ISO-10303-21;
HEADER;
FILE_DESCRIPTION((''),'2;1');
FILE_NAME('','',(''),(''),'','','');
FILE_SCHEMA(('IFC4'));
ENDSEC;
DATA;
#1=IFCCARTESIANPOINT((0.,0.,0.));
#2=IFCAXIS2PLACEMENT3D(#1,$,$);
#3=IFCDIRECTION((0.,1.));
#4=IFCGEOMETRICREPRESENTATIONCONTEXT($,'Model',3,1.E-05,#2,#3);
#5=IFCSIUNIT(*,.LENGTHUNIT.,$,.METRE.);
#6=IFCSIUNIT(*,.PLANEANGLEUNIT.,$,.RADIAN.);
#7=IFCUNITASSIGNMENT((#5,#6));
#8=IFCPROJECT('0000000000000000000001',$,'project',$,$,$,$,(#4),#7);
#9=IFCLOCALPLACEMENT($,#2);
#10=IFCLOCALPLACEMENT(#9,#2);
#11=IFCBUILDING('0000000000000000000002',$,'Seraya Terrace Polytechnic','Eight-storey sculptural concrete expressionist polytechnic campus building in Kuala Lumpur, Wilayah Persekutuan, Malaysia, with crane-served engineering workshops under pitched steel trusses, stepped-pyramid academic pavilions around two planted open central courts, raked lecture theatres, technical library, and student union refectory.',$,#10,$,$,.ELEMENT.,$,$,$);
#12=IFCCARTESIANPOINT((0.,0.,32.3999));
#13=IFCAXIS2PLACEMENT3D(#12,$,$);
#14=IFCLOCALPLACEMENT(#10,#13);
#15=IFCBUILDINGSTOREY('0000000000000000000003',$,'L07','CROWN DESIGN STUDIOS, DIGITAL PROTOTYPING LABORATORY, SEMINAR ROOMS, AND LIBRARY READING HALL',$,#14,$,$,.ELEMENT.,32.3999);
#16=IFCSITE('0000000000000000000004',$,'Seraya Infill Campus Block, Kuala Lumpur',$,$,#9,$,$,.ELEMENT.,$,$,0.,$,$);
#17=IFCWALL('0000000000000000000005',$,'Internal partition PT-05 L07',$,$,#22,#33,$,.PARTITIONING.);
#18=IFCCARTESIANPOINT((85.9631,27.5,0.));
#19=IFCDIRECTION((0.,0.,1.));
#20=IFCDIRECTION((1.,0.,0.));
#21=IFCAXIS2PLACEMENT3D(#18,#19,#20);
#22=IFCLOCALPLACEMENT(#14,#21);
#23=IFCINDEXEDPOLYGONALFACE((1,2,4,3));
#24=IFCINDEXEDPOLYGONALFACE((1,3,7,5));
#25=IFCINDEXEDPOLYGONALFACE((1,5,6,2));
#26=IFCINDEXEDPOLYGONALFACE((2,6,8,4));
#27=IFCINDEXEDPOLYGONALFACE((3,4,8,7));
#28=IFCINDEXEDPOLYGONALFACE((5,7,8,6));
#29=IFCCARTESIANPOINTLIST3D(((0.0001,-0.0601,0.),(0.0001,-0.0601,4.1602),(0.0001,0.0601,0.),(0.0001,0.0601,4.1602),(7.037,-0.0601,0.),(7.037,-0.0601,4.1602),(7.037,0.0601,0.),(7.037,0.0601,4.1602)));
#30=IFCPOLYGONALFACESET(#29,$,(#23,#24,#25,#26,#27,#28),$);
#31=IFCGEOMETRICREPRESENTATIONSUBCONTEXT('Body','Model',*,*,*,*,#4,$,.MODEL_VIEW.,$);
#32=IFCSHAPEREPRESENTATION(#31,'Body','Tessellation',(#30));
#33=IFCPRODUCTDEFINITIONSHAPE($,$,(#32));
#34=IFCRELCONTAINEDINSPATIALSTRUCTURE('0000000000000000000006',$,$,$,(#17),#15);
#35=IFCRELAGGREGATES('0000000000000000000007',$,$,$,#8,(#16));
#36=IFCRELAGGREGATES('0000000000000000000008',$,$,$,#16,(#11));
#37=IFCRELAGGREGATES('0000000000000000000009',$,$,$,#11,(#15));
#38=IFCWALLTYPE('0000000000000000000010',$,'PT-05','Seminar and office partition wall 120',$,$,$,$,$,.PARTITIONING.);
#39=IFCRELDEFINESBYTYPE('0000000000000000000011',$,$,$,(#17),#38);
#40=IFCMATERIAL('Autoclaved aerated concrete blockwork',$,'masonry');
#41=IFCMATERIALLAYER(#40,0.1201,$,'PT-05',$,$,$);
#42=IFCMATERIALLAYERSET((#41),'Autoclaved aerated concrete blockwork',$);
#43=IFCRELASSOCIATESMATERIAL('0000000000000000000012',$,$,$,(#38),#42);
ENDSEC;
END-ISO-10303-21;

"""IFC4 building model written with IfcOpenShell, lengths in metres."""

from ifc_helpers import new_model, si_unit, direction, frame, frame_2d, origin, place, context, subcontext, project, spatial, rectangle, extrude, material, layer, layer_set, type_object, element, save


model = new_model("IFC4")

# Units and contexts
model_context = context("Model", 3, precision=1e-05, world=origin(), true_north=direction((0.0, 1.0)))
body_context = subcontext(model_context, "Body", "Model", "MODEL_VIEW")
ifc_project = project(units=[si_unit("LENGTHUNIT", "METRE"), si_unit("PLANEANGLEUNIT", "RADIAN")], contexts=[model_context])

# Site, building, storey
site_placement = place(None, origin())
site = spatial("IfcSite", under=ifc_project, at=site_placement, Name="Seraya Infill Campus Block, Kuala Lumpur", CompositionType="ELEMENT", RefElevation=0.0)
building_placement = place(site_placement, origin())
building = spatial("IfcBuilding", under=site, at=building_placement, Name="Seraya Terrace Polytechnic", Description="Eight-storey sculptural concrete expressionist polytechnic campus building in Kuala Lumpur, Wilayah Persekutuan, Malaysia, with crane-served engineering workshops under pitched steel trusses, stepped-pyramid academic pavilions around two planted open central courts, raked lecture theatres, technical library, and student union refectory.", CompositionType="ELEMENT")
storey_placement = place(building_placement, frame((0.0, 0.0, 32.3999)))
storey = spatial("IfcBuildingStorey", under=building, at=storey_placement, Name="L07", Description="CROWN DESIGN STUDIOS, DIGITAL PROTOTYPING LABORATORY, SEMINAR ROOMS, AND LIBRARY READING HALL", CompositionType="ELEMENT", Elevation=32.3999)

# Shared definitions
ifc_material_1 = material(Name="Autoclaved aerated concrete blockwork", Category="masonry")

# Wall
ifc_layer_1 = layer(ifc_material_1, 0.1201, Name="PT-05")
ifc_layer_set_1 = layer_set([ifc_layer_1], Name="Autoclaved aerated concrete blockwork")
wall_type_1 = type_object("IfcWallType", Name="PT-05", Description="Seminar and office partition wall 120", PredefinedType="PARTITIONING", material=ifc_layer_set_1)
wall_1_placement = place(storey_placement, frame((85.9631, 27.5, 0.0), z_axis=(0.0, 0.0, 1.0), x_axis=(1.0, 0.0, 0.0)))
element("IfcWall", 1, at=wall_1_placement, inside=storey, type_object=wall_type_1, Name="Internal partition PT-05 L07", PredefinedType="PARTITIONING", context=body_context, shape_type="SweptSolid", body=[
    extrude(rectangle(XDim=7.0369, YDim=0.1201, at=frame_2d((3.5186, 0.0))), origin(), (0.0, 0.0, 1.0), 4.1602),
])

save(model, "model.ifc")
